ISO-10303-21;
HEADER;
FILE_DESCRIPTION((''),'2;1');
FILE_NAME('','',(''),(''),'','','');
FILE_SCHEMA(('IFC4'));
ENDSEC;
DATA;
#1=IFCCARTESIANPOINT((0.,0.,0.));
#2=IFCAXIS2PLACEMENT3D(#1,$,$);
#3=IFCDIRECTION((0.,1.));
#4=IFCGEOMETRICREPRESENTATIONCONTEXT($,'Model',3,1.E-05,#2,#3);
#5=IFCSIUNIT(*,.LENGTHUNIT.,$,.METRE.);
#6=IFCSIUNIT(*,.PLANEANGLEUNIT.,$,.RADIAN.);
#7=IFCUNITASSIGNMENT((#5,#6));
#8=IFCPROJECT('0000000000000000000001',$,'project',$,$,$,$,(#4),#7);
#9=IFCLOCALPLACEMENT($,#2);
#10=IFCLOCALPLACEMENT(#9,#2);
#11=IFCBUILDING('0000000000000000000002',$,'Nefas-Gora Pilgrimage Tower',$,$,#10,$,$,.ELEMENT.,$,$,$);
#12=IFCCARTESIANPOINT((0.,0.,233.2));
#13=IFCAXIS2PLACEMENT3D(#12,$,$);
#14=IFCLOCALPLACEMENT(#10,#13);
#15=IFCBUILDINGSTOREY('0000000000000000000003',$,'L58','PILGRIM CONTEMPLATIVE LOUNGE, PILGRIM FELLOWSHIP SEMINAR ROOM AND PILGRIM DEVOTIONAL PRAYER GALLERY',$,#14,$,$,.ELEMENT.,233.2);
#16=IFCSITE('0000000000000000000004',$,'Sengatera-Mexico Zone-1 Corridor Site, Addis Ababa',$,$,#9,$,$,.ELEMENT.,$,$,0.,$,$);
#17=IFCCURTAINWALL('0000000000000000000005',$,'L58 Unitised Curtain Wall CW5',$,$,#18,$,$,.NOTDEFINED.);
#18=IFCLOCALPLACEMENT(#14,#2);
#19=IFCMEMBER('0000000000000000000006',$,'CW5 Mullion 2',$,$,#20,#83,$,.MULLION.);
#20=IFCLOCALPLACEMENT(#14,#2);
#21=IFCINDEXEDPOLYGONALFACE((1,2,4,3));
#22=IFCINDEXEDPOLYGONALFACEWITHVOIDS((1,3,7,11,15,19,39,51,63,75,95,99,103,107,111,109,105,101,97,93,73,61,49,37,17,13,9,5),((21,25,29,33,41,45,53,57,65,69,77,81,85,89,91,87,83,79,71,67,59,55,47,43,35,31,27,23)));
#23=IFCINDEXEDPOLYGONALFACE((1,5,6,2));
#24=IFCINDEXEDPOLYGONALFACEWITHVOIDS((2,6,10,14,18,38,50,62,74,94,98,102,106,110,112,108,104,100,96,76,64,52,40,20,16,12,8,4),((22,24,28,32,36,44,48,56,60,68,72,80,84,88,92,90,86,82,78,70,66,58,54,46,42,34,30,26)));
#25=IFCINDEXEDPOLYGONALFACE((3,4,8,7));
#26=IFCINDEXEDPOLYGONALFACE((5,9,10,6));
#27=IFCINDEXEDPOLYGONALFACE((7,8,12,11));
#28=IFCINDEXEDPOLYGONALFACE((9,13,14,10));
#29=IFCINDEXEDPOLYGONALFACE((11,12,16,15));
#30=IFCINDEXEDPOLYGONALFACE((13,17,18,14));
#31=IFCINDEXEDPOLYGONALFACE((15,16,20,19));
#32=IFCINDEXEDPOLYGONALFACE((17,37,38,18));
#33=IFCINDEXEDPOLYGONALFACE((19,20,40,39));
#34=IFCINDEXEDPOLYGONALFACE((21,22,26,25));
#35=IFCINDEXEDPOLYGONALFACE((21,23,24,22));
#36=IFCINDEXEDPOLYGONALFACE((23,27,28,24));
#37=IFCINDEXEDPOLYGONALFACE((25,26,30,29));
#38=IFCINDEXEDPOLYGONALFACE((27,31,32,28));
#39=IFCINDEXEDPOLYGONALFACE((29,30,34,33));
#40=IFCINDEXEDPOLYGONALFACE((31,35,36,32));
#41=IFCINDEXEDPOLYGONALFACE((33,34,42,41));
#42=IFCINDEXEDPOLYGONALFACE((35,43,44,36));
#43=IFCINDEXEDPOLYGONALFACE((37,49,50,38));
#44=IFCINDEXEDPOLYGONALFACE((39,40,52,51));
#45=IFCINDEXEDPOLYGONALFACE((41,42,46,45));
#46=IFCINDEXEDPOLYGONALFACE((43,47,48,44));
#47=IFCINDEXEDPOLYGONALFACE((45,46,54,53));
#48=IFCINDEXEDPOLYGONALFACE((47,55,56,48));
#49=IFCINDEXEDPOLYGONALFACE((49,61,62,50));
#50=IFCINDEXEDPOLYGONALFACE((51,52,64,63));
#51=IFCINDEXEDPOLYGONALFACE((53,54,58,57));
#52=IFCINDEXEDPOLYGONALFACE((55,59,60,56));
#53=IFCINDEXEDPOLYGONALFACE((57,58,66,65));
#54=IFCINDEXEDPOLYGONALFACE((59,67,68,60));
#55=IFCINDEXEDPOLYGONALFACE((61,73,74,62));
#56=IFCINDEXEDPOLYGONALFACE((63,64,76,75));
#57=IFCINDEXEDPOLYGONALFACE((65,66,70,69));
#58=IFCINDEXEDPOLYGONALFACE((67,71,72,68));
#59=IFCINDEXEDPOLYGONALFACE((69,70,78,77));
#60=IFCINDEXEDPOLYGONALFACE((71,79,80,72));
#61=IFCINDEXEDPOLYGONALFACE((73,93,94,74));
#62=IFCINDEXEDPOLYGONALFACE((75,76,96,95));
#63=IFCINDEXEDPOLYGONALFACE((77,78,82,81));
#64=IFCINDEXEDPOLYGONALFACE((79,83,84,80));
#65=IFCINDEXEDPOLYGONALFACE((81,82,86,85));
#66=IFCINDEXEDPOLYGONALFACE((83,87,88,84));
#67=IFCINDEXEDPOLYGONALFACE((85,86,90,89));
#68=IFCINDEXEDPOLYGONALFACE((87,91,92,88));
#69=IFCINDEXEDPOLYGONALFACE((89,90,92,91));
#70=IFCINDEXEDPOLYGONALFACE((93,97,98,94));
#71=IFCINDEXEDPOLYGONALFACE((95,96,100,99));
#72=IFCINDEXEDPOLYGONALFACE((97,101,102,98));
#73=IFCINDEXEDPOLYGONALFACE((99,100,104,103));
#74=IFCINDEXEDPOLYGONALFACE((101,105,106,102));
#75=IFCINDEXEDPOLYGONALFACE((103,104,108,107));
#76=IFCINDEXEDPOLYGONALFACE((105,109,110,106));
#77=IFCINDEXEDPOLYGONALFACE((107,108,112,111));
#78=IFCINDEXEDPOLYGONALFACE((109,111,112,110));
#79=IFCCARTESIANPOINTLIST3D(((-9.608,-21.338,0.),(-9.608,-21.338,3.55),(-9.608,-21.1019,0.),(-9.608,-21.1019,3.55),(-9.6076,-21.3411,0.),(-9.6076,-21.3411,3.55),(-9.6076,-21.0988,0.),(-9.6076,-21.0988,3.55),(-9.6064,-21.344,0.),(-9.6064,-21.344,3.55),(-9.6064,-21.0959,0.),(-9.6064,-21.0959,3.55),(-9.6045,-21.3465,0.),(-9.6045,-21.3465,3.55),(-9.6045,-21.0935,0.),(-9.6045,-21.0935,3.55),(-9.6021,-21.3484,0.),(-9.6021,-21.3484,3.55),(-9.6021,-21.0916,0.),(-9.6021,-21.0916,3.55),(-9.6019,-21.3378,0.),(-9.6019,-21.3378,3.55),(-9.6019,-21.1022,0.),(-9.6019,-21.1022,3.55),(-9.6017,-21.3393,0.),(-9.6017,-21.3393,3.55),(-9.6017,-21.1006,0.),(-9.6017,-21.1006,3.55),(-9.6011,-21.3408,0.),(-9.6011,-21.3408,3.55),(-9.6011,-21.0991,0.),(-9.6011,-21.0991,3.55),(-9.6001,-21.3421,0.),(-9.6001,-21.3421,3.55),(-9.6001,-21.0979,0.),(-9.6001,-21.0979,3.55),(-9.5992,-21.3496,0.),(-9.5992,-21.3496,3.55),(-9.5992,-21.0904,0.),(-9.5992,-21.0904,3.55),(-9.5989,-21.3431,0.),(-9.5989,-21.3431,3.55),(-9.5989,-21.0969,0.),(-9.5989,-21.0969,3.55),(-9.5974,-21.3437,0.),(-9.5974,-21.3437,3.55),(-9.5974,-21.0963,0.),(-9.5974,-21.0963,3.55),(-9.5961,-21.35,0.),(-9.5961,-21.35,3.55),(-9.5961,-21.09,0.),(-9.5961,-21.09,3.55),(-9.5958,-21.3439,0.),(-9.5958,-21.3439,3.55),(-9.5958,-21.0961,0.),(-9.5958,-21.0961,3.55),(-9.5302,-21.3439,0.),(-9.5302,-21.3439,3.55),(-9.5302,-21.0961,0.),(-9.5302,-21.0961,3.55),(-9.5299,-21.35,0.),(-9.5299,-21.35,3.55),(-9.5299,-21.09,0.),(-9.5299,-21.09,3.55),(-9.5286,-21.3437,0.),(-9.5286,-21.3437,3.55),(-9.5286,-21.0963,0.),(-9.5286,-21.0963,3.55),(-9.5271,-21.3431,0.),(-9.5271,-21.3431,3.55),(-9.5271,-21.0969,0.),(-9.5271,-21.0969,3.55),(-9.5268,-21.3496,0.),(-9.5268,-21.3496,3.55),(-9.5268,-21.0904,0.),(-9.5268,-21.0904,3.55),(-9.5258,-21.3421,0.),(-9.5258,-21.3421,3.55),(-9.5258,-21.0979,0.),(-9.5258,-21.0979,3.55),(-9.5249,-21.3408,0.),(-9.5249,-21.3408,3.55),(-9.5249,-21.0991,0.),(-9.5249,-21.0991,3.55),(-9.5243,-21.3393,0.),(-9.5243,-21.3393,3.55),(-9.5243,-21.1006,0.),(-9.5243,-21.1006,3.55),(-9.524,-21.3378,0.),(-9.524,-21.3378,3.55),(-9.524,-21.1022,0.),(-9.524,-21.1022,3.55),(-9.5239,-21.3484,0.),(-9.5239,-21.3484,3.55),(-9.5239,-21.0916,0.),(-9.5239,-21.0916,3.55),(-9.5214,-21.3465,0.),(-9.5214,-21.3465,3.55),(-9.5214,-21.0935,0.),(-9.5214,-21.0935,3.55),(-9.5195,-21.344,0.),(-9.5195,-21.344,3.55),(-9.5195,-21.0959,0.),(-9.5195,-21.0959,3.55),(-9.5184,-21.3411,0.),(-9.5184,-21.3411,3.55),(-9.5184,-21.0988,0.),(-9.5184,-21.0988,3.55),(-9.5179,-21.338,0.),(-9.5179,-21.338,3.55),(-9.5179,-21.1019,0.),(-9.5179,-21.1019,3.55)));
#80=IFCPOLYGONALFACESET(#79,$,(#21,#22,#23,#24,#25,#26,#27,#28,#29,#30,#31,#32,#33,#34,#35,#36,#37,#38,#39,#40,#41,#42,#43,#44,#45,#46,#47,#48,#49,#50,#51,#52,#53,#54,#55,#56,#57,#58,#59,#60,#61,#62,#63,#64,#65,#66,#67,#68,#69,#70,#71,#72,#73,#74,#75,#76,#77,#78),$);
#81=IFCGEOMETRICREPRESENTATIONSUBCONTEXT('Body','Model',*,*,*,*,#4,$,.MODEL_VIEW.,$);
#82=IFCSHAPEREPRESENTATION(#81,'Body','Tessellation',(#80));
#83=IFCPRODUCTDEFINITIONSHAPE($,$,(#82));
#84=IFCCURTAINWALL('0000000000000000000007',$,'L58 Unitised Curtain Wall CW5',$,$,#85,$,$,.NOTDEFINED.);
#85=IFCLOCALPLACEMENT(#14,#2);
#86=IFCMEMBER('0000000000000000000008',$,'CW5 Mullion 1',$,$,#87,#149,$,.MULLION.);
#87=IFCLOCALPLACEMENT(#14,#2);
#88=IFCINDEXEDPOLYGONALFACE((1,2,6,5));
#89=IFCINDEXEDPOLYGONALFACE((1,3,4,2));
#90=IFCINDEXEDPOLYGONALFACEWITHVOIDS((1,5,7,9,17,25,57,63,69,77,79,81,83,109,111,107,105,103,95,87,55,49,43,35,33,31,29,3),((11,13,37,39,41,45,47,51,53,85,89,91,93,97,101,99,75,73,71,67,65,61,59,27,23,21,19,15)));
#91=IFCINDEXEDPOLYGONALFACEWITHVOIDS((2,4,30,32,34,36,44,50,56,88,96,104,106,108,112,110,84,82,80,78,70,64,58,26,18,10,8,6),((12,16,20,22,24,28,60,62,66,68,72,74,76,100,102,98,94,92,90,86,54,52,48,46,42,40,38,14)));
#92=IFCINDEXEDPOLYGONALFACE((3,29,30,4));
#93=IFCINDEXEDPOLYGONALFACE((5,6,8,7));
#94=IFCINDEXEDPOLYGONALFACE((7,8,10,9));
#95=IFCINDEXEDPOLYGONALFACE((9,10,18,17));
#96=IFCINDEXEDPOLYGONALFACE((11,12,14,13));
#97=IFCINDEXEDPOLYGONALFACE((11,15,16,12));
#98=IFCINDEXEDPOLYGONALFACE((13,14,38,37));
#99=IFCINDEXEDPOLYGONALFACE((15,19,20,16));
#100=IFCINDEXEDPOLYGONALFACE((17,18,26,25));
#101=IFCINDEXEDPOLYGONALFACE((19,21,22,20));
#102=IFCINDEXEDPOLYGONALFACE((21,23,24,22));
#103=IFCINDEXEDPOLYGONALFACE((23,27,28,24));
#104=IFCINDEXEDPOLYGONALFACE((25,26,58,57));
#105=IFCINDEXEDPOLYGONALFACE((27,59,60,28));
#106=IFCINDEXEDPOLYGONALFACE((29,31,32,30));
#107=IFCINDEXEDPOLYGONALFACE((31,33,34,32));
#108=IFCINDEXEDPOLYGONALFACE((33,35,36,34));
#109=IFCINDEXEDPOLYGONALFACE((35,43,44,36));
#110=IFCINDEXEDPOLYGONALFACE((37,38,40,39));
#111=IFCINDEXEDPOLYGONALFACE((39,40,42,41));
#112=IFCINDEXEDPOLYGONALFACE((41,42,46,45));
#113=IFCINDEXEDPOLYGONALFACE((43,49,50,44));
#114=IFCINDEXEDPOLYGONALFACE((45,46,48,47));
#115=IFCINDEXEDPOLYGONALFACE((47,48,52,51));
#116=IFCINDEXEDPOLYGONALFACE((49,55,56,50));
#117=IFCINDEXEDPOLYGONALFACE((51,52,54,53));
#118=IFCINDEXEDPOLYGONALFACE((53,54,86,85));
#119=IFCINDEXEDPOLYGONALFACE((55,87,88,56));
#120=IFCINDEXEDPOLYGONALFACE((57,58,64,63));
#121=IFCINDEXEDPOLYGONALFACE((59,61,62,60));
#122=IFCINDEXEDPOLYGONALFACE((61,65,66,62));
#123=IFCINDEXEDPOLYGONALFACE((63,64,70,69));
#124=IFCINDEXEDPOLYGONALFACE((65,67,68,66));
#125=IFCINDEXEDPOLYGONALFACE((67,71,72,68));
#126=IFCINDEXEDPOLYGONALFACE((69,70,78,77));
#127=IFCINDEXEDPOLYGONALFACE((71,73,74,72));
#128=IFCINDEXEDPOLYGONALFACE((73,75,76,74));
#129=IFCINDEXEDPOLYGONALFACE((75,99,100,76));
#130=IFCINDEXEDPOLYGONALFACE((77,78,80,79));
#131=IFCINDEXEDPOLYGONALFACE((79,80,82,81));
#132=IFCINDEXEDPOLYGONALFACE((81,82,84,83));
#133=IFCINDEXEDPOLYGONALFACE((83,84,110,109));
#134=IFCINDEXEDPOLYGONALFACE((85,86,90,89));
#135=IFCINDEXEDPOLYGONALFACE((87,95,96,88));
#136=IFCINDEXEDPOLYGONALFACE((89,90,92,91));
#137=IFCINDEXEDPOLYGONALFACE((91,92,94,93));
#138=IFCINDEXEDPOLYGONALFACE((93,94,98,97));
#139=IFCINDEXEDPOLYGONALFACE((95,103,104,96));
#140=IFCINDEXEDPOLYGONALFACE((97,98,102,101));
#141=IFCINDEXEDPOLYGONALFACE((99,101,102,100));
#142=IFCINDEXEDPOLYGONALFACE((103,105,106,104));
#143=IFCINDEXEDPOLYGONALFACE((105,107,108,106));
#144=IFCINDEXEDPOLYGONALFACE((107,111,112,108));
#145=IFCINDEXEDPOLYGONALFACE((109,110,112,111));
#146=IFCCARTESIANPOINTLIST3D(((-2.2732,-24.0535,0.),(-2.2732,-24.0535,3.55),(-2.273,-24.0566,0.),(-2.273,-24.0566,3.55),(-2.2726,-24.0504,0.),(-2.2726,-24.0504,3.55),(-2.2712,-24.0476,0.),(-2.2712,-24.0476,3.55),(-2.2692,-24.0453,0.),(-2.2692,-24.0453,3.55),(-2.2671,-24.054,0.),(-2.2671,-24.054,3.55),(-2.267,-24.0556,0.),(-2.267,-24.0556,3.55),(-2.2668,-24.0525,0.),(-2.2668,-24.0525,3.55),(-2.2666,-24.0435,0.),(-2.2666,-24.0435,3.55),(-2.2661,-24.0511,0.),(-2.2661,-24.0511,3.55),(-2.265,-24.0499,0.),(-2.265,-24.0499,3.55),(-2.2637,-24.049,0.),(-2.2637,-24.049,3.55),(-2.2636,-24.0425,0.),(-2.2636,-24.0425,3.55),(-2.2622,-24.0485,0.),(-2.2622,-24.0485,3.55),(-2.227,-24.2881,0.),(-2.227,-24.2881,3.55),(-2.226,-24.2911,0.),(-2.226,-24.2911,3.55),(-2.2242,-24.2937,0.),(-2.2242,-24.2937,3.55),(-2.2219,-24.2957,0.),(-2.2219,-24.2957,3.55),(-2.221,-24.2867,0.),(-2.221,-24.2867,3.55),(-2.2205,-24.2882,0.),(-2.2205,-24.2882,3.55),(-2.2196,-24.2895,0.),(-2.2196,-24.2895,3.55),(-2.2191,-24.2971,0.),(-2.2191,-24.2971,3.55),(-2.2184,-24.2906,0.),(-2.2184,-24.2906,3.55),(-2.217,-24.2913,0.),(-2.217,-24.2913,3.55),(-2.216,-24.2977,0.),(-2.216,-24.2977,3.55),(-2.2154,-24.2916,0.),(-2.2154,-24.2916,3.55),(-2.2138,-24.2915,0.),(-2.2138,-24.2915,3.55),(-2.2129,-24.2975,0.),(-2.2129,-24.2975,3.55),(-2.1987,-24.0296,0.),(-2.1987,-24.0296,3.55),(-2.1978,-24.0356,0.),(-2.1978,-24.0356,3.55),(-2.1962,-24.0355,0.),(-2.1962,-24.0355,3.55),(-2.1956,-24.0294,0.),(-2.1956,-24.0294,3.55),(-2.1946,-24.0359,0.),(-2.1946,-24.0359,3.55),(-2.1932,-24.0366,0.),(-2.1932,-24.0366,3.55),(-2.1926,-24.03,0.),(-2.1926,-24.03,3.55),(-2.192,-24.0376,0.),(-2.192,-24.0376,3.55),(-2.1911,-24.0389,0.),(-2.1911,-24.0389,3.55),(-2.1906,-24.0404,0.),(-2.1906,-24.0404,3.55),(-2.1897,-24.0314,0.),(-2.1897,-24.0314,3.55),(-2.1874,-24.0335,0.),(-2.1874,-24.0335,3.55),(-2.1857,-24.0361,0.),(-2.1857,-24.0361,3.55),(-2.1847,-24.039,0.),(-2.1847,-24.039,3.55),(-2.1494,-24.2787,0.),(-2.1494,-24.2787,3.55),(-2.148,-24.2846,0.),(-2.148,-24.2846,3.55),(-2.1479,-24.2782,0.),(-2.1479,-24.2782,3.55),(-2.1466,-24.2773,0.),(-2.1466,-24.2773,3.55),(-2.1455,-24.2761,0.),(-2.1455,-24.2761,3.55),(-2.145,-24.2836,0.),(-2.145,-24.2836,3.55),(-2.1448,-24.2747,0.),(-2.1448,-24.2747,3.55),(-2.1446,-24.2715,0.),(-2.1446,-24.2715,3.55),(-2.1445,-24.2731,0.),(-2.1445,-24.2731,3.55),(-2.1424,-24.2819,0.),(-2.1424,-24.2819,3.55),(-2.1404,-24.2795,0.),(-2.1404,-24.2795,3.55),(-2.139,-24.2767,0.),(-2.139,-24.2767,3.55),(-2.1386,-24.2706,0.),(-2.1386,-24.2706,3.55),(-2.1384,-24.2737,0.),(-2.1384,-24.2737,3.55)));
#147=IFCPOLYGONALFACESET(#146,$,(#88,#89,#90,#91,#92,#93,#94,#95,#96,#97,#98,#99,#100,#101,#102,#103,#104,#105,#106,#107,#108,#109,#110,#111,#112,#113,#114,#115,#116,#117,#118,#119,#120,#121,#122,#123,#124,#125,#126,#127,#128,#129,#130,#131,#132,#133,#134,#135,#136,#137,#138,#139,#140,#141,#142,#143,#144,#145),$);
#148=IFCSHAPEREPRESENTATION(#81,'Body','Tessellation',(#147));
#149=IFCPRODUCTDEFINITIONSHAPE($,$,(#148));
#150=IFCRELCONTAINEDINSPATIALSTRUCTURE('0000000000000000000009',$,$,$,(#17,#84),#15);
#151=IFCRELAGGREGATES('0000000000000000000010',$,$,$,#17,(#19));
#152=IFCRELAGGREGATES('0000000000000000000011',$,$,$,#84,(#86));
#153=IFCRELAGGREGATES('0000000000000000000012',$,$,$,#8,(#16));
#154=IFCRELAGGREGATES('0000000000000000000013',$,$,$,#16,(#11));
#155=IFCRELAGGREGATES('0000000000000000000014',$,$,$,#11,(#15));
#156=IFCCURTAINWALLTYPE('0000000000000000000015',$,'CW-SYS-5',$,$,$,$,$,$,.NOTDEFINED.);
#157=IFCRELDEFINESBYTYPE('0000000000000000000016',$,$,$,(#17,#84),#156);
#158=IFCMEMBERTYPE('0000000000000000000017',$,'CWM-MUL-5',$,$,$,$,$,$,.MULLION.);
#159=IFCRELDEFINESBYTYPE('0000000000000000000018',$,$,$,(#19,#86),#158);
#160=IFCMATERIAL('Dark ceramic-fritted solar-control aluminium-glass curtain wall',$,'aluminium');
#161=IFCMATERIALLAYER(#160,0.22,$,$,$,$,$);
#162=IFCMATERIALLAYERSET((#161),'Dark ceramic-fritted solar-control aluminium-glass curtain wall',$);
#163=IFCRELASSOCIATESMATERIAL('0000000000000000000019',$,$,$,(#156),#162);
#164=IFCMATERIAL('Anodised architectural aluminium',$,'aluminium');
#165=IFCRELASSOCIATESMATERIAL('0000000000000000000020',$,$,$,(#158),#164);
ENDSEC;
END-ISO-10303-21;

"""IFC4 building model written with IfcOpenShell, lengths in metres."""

from ifc_helpers import new_model, si_unit, direction, frame, origin, origin_2d, place, context, subcontext, project, spatial, hollow_rectangle, extrude, source, transform, mapped, material, layer, layer_set, material_profile, profile_set, type_object, element, aggregate, save


model = new_model("IFC4")

# Units and contexts
model_context = context("Model", 3, precision=1e-05, world=origin(), true_north=direction((0.0, 1.0)))
body_context = subcontext(model_context, "Body", "Model", "MODEL_VIEW")
ifc_project = project(units=[si_unit("LENGTHUNIT", "METRE"), si_unit("PLANEANGLEUNIT", "RADIAN")], contexts=[model_context])

# Site, building, storey
site_placement = place(None, origin())
site = spatial("IfcSite", under=ifc_project, at=site_placement, Name="Sengatera-Mexico Zone-1 Corridor Site, Addis Ababa", CompositionType="ELEMENT", RefElevation=0.0)
building_placement = place(site_placement, origin())
building = spatial("IfcBuilding", under=site, at=building_placement, Name="Nefas-Gora Pilgrimage Tower", CompositionType="ELEMENT")
storey_placement = place(building_placement, frame((0.0, 0.0, 233.2)))
storey = spatial("IfcBuildingStorey", under=building, at=storey_placement, Name="L58", Description="PILGRIM CONTEMPLATIVE LOUNGE, PILGRIM FELLOWSHIP SEMINAR ROOM AND PILGRIM DEVOTIONAL PRAYER GALLERY", CompositionType="ELEMENT", Elevation=233.2)

# Curtain wall, member
ifc_material_1 = material(Name="Dark ceramic-fritted solar-control aluminium-glass curtain wall", Category="aluminium")
ifc_layer_1 = layer(ifc_material_1, 0.22)
ifc_layer_set_1 = layer_set([ifc_layer_1], Name="Dark ceramic-fritted solar-control aluminium-glass curtain wall")
curtain_wall_type = type_object("IfcCurtainWallType", Name="CW-SYS-5", PredefinedType="NOTDEFINED", material=ifc_layer_set_1)
curtain_wall_1_placement = place(storey_placement, origin())
curtain_wall_1 = element("IfcCurtainWall", 1, at=curtain_wall_1_placement, inside=storey, type_object=curtain_wall_type, Name="L58 Unitised Curtain Wall CW5", PredefinedType="NOTDEFINED")
ifc_material_2 = material(Name="Anodised architectural aluminium", Category="aluminium")
ifc_material_profile_1 = material_profile(ifc_material_2, hollow_rectangle(XDim=0.0901, YDim=0.26, WallThickness=0.0061, InnerFilletRadius=0.0061, OuterFilletRadius=0.012, at=origin_2d()), Name="ALU MULLION 90x260")
ifc_profile_set_1 = profile_set([ifc_material_profile_1], Name="Anodised architectural aluminium")
member_type_1 = type_object("IfcMemberType", Name="CWM-MUL-5", PredefinedType="MULLION", material=ifc_profile_set_1)
shared_shape_1 = source(origin(), body_context, "Body", "SweptSolid", [
    extrude(hollow_rectangle(XDim=0.0901, YDim=0.26, WallThickness=0.0061, InnerFilletRadius=0.0061, OuterFilletRadius=0.012, at=origin_2d()), origin(), (0.0, 0.0, 1.0), 3.55),
])
member_1_placement = place(storey_placement, frame((-9.563, -21.22, 0.0), z_axis=(0.0, 0.0, 1.0), x_axis=(1.0, 0.0, 0.0)))
member_1 = element("IfcMember", 2, at=member_1_placement, type_object=member_type_1, Name="CW5 Mullion 2", PredefinedType="MULLION", context=body_context, shape_type="MappedRepresentation", body=[
    mapped(shared_shape_1, transform((0.0, 0.0, 0.0), x_axis=(1.0, 0.0, 0.0), y_axis=(0.0, 1.0, 0.0), z_axis=(0.0, 0.0, 1.0), scale=1.0)),
])
aggregate(curtain_wall_1, [member_1])

# Curtain wall, member
curtain_wall_2_placement = place(storey_placement, origin())
curtain_wall_2 = element("IfcCurtainWall", 3, at=curtain_wall_2_placement, inside=storey, type_object=curtain_wall_type, Name="L58 Unitised Curtain Wall CW5", PredefinedType="NOTDEFINED")
member_2_placement = place(storey_placement, frame((-2.2058, -24.1636, 0.0), z_axis=(0.0, 0.0, 1.0), x_axis=(0.980783, 0.195102, 0.0)))
member_2 = element("IfcMember", 4, at=member_2_placement, type_object=member_type_1, Name="CW5 Mullion 1", PredefinedType="MULLION", context=body_context, shape_type="MappedRepresentation", body=[
    mapped(shared_shape_1, transform((0.0, 0.0, 0.0), x_axis=(1.0, 0.0, 0.0), y_axis=(0.0, 1.0, 0.0), z_axis=(0.0, 0.0, 1.0), scale=1.0)),
])
aggregate(curtain_wall_2, [member_2])

save(model, "model.ifc")
